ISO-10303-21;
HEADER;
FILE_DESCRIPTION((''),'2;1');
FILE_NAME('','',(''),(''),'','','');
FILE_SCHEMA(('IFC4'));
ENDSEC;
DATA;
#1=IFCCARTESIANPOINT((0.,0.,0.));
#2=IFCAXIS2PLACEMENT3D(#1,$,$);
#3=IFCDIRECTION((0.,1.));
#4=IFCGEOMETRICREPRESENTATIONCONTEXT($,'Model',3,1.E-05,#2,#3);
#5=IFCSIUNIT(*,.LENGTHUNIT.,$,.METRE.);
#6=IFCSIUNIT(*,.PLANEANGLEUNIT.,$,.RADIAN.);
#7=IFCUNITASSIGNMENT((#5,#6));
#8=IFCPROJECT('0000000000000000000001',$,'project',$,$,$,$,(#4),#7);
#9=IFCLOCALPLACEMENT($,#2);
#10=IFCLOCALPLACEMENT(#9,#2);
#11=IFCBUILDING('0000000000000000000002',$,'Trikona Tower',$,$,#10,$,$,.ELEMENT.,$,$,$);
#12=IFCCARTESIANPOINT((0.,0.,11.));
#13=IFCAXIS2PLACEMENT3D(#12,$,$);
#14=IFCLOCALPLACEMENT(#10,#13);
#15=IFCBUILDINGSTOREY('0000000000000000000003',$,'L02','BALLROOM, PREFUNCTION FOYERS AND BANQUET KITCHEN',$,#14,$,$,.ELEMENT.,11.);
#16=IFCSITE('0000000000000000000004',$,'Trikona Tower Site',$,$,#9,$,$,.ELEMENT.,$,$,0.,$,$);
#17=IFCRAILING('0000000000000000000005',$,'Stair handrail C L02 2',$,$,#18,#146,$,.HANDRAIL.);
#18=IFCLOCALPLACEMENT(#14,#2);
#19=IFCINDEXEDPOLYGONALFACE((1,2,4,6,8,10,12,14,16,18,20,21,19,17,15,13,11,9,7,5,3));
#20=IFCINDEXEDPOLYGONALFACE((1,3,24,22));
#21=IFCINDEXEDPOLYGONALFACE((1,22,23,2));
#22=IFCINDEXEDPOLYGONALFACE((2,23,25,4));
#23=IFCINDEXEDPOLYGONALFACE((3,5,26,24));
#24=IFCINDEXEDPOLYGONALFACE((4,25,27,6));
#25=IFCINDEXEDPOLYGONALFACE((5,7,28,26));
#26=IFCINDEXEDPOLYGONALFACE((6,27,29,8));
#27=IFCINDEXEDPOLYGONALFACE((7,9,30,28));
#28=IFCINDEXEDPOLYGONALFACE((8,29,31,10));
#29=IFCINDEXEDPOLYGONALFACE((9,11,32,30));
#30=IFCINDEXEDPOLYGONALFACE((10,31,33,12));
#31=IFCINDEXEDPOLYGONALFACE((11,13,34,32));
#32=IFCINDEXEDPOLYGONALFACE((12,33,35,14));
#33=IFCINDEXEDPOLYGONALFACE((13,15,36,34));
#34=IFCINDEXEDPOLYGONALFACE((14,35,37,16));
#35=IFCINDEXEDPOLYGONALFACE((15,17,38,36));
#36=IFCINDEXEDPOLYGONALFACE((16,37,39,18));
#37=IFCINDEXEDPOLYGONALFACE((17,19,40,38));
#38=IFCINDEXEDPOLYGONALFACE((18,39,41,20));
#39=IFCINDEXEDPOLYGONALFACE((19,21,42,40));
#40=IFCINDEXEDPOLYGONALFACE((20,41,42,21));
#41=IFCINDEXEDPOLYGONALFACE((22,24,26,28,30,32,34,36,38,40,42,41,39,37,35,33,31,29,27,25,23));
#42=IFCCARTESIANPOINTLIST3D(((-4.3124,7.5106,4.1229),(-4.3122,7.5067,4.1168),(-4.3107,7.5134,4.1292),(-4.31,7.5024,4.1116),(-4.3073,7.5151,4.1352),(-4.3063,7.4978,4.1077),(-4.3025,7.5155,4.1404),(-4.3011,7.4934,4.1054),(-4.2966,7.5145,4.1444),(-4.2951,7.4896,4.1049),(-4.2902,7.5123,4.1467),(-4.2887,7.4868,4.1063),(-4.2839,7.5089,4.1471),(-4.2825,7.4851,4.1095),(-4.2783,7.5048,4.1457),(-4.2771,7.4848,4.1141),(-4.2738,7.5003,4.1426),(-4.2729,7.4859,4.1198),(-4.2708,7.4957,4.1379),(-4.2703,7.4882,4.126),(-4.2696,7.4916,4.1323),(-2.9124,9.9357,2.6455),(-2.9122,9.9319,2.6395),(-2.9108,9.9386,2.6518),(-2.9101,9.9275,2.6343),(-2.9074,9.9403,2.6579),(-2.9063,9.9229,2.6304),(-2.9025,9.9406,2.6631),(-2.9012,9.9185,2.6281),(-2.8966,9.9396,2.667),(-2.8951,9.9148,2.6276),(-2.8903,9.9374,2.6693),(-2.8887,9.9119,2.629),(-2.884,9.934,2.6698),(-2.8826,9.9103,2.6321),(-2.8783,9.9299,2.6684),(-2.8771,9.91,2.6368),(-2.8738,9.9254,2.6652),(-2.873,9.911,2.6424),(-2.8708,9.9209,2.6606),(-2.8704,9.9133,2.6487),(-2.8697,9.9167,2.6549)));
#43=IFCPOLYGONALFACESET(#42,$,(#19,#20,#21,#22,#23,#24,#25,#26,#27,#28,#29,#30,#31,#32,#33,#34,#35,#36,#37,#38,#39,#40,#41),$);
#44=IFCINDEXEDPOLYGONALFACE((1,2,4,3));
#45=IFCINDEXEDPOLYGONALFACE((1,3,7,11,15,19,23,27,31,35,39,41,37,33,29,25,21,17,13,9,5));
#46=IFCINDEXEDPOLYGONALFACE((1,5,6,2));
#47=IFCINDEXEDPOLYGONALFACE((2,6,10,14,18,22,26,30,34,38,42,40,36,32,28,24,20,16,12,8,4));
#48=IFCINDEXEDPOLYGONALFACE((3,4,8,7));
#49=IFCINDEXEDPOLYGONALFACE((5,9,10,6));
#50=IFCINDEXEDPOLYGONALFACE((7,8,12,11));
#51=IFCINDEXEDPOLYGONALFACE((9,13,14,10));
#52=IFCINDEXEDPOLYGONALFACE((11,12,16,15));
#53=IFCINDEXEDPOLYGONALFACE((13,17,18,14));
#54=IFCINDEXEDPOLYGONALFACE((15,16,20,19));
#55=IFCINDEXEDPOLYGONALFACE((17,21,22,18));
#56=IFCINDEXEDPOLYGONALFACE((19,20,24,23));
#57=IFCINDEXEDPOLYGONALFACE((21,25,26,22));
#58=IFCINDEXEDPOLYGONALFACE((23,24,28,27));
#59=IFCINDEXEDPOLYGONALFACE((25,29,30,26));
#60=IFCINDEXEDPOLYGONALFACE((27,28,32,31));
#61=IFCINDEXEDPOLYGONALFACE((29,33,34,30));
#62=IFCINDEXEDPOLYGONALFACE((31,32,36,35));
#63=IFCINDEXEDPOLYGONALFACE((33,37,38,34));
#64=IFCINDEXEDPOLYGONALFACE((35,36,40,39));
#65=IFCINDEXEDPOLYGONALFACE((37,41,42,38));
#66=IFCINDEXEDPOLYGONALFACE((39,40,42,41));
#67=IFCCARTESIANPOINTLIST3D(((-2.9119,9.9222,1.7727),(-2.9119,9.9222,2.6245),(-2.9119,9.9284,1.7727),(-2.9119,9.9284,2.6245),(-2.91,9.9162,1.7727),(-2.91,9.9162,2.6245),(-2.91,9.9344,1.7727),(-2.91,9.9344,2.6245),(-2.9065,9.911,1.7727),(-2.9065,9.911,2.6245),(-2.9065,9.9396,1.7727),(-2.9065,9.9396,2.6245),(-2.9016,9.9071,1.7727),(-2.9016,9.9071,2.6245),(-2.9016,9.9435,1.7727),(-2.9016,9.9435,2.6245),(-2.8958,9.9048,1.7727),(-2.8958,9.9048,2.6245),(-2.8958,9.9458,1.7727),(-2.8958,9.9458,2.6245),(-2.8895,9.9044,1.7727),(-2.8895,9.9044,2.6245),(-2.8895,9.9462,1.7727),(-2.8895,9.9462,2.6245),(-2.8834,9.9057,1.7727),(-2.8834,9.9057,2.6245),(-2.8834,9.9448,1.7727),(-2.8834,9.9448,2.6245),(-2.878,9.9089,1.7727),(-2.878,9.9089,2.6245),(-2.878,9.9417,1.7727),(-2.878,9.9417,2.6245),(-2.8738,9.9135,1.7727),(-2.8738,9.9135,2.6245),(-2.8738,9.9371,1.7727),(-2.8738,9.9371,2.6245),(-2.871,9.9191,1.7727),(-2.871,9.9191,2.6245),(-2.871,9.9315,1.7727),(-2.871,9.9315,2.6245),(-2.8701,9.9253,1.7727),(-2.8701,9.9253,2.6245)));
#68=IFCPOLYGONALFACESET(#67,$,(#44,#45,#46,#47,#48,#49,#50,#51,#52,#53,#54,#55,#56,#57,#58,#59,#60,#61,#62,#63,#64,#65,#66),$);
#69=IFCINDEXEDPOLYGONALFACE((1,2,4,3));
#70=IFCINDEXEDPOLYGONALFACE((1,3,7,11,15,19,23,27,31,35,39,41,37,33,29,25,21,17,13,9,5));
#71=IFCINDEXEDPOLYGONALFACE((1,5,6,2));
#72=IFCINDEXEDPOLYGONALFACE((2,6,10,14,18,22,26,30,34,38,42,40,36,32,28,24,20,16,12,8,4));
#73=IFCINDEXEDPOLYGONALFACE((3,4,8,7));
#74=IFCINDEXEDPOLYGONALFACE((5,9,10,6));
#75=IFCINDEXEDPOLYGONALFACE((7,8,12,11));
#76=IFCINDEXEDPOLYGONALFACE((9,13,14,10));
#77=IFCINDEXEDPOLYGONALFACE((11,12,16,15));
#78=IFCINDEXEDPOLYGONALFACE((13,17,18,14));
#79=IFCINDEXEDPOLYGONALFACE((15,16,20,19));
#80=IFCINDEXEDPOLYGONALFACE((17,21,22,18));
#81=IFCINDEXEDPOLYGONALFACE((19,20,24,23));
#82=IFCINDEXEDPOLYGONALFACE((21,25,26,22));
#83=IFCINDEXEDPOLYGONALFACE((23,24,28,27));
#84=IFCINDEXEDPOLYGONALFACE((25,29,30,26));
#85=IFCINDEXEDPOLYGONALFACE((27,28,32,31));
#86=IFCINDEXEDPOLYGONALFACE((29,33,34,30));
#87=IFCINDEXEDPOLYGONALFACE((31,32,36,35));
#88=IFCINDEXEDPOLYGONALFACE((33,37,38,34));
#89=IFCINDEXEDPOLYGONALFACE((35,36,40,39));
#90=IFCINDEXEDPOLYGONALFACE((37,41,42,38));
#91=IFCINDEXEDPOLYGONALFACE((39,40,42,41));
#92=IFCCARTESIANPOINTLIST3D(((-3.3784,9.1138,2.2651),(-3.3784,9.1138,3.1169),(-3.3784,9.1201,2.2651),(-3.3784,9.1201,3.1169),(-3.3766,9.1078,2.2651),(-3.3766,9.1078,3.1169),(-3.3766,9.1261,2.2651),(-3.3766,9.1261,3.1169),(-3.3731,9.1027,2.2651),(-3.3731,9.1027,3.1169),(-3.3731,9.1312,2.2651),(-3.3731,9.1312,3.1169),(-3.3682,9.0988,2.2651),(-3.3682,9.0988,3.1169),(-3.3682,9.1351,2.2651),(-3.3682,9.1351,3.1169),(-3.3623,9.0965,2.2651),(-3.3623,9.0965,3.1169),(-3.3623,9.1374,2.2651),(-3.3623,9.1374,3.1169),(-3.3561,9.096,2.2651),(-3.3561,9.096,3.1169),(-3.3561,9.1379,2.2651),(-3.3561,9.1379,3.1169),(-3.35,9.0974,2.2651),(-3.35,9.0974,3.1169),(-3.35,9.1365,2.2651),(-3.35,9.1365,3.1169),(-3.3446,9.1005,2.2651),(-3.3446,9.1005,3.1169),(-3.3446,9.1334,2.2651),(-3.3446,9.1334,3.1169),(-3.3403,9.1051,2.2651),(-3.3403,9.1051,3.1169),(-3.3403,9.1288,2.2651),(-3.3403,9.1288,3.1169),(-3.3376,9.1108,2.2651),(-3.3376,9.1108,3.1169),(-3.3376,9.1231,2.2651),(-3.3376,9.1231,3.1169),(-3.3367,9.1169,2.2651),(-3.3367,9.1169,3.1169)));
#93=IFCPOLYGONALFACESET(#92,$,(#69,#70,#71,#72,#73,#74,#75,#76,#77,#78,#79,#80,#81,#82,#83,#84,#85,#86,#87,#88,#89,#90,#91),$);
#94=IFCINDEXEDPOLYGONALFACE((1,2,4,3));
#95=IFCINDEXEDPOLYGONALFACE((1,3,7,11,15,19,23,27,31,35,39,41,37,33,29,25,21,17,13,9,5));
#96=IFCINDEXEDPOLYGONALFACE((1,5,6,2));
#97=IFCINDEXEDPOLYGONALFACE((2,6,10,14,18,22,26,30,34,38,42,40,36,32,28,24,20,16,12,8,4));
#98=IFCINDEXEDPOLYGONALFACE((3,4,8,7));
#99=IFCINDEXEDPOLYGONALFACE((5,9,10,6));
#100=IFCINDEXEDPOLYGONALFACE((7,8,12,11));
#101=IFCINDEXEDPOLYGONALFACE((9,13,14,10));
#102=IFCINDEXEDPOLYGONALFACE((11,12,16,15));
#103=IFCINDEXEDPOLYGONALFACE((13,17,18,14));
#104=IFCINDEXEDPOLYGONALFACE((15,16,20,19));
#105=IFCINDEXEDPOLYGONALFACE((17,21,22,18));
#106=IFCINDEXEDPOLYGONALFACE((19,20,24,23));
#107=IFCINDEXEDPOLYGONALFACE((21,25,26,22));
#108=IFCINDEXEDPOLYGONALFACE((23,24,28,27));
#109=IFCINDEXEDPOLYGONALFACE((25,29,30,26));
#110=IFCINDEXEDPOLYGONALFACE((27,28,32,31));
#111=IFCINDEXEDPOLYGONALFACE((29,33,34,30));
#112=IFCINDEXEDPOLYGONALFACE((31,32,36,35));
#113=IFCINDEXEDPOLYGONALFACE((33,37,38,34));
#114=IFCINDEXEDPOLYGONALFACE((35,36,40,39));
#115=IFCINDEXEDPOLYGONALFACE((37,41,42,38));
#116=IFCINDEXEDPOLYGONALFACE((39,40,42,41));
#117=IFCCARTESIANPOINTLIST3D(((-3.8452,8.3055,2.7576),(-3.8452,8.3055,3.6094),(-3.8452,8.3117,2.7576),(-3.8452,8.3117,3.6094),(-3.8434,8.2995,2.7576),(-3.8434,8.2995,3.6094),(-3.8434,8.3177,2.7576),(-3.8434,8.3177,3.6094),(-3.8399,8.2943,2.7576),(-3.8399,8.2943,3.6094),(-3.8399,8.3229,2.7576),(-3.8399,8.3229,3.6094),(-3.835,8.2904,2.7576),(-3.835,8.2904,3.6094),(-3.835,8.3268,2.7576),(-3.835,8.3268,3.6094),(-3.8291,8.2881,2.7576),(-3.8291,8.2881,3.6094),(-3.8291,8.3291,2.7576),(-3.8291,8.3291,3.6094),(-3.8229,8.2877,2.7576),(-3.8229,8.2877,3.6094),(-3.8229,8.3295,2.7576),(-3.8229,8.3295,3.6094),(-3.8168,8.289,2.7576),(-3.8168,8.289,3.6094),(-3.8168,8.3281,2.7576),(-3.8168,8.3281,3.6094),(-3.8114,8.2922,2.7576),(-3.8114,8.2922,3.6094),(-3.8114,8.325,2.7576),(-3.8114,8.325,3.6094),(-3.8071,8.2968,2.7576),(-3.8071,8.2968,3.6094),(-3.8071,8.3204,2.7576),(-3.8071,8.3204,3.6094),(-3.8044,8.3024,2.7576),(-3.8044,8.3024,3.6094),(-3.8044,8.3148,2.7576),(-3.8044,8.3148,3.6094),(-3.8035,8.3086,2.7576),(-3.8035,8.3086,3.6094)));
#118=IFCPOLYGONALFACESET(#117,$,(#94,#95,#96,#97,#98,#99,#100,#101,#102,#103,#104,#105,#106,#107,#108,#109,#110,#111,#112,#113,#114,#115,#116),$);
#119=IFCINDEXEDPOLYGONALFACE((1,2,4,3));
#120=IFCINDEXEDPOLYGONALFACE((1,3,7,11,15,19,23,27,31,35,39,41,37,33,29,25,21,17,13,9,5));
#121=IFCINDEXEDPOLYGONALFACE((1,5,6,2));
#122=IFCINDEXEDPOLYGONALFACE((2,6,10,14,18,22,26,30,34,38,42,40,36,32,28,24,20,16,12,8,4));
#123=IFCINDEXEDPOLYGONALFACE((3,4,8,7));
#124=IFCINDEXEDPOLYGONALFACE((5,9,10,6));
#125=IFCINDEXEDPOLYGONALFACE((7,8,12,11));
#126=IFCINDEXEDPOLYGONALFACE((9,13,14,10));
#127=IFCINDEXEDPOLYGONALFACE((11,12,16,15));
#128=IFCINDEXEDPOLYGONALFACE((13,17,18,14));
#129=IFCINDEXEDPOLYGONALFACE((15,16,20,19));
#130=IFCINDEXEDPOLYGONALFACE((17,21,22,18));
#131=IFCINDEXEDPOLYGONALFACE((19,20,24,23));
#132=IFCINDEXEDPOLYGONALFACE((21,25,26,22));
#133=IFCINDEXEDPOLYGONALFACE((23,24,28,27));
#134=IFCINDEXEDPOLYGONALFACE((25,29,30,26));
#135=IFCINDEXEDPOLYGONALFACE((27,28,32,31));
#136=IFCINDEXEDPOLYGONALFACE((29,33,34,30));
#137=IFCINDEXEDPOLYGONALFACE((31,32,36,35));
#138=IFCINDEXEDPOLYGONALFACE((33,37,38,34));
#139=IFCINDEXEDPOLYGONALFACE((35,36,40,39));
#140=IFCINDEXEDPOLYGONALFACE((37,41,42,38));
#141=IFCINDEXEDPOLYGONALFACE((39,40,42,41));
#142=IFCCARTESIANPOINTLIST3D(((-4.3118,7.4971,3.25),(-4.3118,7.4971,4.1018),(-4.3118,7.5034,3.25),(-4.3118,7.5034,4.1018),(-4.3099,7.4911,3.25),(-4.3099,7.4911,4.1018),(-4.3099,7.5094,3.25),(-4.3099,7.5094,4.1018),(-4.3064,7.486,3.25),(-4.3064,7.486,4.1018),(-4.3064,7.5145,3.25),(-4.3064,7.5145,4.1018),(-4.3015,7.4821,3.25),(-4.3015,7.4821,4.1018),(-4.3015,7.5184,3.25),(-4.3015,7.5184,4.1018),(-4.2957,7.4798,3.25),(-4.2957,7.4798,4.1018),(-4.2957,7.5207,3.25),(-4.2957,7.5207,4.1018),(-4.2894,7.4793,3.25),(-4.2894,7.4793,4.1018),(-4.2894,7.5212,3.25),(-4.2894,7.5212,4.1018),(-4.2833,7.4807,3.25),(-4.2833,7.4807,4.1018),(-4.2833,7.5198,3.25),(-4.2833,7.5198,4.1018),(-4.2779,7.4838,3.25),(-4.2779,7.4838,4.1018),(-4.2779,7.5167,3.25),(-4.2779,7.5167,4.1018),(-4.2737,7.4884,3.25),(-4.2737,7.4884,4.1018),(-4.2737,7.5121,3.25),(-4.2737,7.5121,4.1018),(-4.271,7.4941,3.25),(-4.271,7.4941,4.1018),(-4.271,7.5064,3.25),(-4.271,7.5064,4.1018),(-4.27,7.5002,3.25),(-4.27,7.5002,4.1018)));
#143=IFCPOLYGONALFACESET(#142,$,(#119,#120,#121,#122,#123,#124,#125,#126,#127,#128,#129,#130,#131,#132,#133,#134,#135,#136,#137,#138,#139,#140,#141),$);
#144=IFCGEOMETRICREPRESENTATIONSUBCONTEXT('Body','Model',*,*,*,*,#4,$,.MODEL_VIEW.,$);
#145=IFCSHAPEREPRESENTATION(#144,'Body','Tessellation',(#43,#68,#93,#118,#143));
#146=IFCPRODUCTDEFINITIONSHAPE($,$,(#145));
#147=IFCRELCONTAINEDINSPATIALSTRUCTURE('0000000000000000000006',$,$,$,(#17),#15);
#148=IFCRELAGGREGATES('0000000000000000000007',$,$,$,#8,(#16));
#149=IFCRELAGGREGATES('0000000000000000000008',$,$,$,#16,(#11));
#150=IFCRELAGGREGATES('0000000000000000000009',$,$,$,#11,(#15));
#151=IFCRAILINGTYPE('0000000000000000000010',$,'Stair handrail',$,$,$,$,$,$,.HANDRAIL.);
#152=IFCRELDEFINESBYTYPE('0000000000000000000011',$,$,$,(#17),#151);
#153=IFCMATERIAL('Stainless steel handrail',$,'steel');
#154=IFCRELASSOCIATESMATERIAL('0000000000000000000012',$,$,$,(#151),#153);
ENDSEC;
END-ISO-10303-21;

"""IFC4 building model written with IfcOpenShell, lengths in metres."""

from ifc_helpers import new_model, si_unit, direction, frame, origin, origin_2d, place, context, subcontext, project, spatial, circle, extrude, material, type_object, element, save


model = new_model("IFC4")

# Units and contexts
model_context = context("Model", 3, precision=1e-05, world=origin(), true_north=direction((0.0, 1.0)))
body_context = subcontext(model_context, "Body", "Model", "MODEL_VIEW")
ifc_project = project(units=[si_unit("LENGTHUNIT", "METRE"), si_unit("PLANEANGLEUNIT", "RADIAN")], contexts=[model_context])

# Site, building, storey
site_placement = place(None, origin())
site = spatial("IfcSite", under=ifc_project, at=site_placement, Name="Trikona Tower Site", CompositionType="ELEMENT", RefElevation=0.0)
building_placement = place(site_placement, origin())
building = spatial("IfcBuilding", under=site, at=building_placement, Name="Trikona Tower", CompositionType="ELEMENT")
storey_placement = place(building_placement, frame((0.0, 0.0, 11.0)))
storey = spatial("IfcBuildingStorey", under=building, at=storey_placement, Name="L02", Description="BALLROOM, PREFUNCTION FOYERS AND BANQUET KITCHEN", CompositionType="ELEMENT", Elevation=11.0)

# Railing
ifc_material_1 = material(Name="Stainless steel handrail", Category="steel")
railing_type_1 = type_object("IfcRailingType", Name="Stair handrail", PredefinedType="HANDRAIL", material=ifc_material_1)
railing_1_placement = place(storey_placement, frame((-2.8911, 9.9253, 1.7727)))
element("IfcRailing", 1, at=railing_1_placement, inside=storey, type_object=railing_type_1, Name="Stair handrail C L02 2", PredefinedType="HANDRAIL", context=body_context, shape_type="SweptSolid", body=[
    extrude(circle(Radius=0.0239, at=origin_2d()), frame((0.0, 0.0, 0.876), z_axis=(-0.44218, -0.765988, 0.466626), x_axis=(0.866056, -0.499946, 0.0)), (0.0, 0.0, 1.0), 3.166),
    extrude(circle(Radius=0.021, at=origin_2d()), origin(), (0.0, 0.0, 1.0), 0.8518),
    extrude(circle(Radius=0.021, at=origin_2d()), frame((-0.4666, -0.8083, 0.4924)), (0.0, 0.0, 1.0), 0.8518),
    extrude(circle(Radius=0.021, at=origin_2d()), frame((-0.9333, -1.6167, 0.9849)), (0.0, 0.0, 1.0), 0.8518),
    extrude(circle(Radius=0.021, at=origin_2d()), frame((-1.3999, -2.425, 1.4773)), (0.0, 0.0, 1.0), 0.8518),
])

save(model, "model.ifc")
